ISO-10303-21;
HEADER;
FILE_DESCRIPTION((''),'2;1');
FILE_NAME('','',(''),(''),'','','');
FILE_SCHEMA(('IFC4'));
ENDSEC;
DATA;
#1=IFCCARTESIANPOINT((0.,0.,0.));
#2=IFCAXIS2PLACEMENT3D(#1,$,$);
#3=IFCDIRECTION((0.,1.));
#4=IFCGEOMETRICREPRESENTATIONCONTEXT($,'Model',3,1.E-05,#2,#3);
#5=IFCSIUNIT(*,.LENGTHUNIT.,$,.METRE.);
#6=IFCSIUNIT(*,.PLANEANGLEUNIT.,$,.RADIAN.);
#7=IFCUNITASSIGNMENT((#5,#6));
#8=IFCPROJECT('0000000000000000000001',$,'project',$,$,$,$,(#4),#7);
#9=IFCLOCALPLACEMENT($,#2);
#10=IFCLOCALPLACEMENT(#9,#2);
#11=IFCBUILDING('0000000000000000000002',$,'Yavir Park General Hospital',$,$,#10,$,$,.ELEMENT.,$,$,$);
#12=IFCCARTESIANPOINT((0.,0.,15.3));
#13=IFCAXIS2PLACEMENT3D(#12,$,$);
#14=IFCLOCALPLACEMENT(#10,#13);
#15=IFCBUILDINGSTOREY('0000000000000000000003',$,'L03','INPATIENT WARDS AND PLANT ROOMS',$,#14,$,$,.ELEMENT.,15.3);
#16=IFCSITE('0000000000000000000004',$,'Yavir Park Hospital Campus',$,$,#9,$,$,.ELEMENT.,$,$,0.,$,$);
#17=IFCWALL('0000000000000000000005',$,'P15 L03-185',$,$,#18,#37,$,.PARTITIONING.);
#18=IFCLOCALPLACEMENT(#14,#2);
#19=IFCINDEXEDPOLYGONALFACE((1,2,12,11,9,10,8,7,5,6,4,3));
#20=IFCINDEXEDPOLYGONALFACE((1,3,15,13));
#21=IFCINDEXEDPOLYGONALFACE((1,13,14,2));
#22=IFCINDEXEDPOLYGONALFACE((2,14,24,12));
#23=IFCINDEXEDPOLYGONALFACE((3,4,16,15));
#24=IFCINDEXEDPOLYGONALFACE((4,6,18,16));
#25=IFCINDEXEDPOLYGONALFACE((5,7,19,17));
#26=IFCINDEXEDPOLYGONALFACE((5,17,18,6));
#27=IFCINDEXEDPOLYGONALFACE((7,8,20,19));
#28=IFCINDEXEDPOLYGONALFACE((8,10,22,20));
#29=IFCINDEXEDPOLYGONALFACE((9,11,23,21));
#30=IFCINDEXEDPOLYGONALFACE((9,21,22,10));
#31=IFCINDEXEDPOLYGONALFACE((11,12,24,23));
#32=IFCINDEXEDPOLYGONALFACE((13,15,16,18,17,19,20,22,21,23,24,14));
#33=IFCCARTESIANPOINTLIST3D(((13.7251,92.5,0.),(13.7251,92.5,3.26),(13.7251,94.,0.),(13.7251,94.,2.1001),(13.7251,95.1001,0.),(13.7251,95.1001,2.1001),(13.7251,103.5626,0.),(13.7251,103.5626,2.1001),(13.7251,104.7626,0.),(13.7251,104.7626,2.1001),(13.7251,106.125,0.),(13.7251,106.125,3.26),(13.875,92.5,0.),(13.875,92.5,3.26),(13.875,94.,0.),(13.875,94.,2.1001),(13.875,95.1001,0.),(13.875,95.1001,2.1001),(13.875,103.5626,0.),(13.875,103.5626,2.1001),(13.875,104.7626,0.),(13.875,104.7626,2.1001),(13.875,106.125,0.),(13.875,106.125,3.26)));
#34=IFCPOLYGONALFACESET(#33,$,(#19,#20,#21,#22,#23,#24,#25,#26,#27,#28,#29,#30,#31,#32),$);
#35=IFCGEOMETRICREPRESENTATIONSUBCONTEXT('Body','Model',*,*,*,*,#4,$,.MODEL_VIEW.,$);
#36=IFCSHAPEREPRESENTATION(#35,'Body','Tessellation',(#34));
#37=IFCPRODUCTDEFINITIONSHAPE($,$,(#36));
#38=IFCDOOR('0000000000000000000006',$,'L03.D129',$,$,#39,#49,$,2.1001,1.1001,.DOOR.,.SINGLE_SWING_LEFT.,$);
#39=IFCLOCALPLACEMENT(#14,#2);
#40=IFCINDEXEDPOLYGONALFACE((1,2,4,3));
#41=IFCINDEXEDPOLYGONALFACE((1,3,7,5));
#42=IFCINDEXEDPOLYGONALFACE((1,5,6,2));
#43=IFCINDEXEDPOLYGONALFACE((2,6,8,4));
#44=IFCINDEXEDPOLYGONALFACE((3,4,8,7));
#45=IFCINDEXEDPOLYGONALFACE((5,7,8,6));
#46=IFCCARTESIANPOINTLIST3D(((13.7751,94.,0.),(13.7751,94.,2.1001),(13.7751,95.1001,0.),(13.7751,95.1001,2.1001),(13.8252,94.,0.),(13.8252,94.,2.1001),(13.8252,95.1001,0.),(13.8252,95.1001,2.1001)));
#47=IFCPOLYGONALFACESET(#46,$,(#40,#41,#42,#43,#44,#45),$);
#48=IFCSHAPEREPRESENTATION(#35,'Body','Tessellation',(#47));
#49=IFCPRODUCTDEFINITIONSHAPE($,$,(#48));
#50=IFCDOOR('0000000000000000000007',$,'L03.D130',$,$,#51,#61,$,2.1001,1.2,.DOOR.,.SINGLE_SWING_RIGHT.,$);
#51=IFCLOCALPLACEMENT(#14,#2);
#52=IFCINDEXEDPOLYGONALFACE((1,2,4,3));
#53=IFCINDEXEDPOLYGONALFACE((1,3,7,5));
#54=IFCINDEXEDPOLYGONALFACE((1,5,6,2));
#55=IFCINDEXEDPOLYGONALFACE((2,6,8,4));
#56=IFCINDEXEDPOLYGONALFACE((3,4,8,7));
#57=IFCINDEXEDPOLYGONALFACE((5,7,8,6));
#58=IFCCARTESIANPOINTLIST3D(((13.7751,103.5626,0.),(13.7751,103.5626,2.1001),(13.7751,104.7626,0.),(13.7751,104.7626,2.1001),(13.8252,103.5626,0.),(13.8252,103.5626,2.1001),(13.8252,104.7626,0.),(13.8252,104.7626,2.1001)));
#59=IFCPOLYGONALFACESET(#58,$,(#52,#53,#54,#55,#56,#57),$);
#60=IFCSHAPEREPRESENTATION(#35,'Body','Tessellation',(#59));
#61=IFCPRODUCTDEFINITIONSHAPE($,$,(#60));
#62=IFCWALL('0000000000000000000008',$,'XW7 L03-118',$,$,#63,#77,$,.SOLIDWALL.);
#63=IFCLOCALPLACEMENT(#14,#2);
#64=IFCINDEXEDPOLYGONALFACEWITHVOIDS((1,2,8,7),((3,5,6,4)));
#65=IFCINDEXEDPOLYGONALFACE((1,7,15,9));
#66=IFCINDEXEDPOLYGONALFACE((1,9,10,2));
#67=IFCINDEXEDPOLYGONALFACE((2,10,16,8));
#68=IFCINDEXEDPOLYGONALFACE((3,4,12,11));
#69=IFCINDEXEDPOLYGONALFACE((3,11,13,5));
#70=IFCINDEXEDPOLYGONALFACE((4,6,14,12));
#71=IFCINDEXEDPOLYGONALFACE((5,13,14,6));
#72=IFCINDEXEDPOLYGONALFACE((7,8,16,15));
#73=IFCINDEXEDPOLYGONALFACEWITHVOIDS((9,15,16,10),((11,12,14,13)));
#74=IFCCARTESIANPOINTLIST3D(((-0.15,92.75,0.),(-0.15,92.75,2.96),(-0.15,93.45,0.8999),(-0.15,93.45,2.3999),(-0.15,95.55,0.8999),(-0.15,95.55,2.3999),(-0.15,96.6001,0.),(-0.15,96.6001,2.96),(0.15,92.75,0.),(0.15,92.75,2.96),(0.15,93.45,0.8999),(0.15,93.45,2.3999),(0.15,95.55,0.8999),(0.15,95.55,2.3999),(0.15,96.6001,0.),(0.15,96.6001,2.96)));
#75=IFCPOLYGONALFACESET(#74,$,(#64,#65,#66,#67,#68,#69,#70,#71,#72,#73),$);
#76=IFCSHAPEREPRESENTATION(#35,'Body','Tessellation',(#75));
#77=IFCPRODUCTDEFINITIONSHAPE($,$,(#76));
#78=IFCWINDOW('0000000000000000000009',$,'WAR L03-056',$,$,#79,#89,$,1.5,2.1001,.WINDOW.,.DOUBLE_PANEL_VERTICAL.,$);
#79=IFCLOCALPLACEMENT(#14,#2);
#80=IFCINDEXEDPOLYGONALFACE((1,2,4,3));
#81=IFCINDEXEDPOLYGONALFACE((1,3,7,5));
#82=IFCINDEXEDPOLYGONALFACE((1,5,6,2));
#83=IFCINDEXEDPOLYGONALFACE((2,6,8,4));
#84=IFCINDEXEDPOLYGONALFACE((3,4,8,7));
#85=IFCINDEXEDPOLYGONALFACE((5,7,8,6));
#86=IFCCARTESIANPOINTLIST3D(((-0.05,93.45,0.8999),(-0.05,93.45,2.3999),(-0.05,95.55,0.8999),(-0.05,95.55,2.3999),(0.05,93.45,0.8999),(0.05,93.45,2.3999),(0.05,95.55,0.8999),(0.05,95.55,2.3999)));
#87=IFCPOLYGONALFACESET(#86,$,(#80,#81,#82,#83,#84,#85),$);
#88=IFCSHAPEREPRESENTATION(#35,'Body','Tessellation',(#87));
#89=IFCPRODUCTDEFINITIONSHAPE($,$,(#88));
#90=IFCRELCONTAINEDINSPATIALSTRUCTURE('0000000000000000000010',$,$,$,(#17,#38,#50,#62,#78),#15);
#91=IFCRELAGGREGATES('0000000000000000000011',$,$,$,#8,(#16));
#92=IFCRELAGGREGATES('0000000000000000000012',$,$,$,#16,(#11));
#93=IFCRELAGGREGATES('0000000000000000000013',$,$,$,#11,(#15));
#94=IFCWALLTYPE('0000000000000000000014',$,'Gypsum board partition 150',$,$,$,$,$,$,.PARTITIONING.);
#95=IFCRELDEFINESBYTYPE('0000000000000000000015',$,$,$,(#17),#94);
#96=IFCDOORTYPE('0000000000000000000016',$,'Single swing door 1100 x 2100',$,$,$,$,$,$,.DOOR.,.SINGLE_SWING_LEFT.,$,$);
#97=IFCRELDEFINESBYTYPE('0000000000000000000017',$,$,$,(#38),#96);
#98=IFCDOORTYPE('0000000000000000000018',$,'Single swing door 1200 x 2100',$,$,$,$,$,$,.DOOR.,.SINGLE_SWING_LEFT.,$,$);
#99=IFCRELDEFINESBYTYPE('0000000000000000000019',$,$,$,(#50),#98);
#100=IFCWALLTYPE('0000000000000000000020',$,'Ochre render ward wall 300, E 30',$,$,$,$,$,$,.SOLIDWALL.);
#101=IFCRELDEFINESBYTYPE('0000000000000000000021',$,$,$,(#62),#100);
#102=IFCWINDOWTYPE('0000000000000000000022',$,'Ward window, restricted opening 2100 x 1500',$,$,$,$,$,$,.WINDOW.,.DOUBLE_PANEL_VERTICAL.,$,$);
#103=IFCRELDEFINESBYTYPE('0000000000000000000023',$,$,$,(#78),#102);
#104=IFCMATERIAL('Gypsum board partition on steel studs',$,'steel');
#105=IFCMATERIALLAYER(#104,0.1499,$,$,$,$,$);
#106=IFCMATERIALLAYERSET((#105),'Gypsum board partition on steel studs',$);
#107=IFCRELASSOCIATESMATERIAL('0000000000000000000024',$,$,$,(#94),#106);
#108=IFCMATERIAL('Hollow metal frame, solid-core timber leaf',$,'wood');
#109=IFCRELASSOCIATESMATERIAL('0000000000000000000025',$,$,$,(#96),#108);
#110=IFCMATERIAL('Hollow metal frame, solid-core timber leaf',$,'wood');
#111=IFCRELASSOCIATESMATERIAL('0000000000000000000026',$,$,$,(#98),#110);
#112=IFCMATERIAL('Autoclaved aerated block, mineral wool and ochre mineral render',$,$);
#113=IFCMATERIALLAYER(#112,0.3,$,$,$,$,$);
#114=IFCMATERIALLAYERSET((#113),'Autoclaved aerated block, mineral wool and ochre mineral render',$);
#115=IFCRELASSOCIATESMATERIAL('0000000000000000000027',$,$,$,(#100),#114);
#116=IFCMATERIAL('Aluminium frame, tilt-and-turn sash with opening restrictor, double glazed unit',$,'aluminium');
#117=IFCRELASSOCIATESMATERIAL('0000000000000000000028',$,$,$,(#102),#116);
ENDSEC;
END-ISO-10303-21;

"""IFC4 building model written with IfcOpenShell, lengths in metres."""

from ifc_helpers import new_model, si_unit, direction, frame, frame_2d, origin, place, context, subcontext, project, spatial, rectangle, extrude, material, layer, layer_set, type_object, element, fill, save


model = new_model("IFC4")

# Units and contexts
model_context = context("Model", 3, precision=1e-05, world=origin(), true_north=direction((0.0, 1.0)))
body_context = subcontext(model_context, "Body", "Model", "MODEL_VIEW")
ifc_project = project(units=[si_unit("LENGTHUNIT", "METRE"), si_unit("PLANEANGLEUNIT", "RADIAN")], contexts=[model_context])

# Site, building, storey
site_placement = place(None, origin())
site = spatial("IfcSite", under=ifc_project, at=site_placement, Name="Yavir Park Hospital Campus", CompositionType="ELEMENT", RefElevation=0.0)
building_placement = place(site_placement, origin())
building = spatial("IfcBuilding", under=site, at=building_placement, Name="Yavir Park General Hospital", CompositionType="ELEMENT")
storey_placement = place(building_placement, frame((0.0, 0.0, 15.3)))
storey = spatial("IfcBuildingStorey", under=building, at=storey_placement, Name="L03", Description="INPATIENT WARDS AND PLANT ROOMS", CompositionType="ELEMENT", Elevation=15.3)

# Shared definitions
ifc_material_1 = material(Name="Gypsum board partition on steel studs", Category="steel")
ifc_layer_1 = layer(ifc_material_1, 0.1499)
ifc_layer_set_1 = layer_set([ifc_layer_1], Name="Gypsum board partition on steel studs")
wall_type_1 = type_object("IfcWallType", Name="Gypsum board partition 150", PredefinedType="PARTITIONING", material=ifc_layer_set_1)

# Shared definitions
ifc_material_2 = material(Name="Hollow metal frame, solid-core timber leaf", Category="wood")
door_type_1 = type_object("IfcDoorType", Name="Single swing door 1100 x 2100", OperationType="SINGLE_SWING_LEFT", PredefinedType="DOOR", material=ifc_material_2)

# Wall, openings, doors
wall_1_placement = place(storey_placement, frame((13.8, 92.5, 0.0), z_axis=(0.0, 0.0, 1.0), x_axis=(0.0, 1.0, 0.0)))
wall_1 = element("IfcWall", 1, at=wall_1_placement, inside=storey, type_object=wall_type_1, Name="P15 L03-185", PredefinedType="PARTITIONING", context=body_context, shape_type="SweptSolid", body=[
    extrude(rectangle(XDim=13.625, YDim=0.1499, at=frame_2d((6.8125, 0.0))), origin(), (0.0, 0.0, 1.0), 3.26),
])
opening_1_placement = place(wall_1_placement, frame((1.5, 0.0, 0.0)))
opening_1 = element("IfcOpeningElement", 2, at=opening_1_placement, cuts=wall_1, PredefinedType="OPENING", context=body_context, shape_type="SweptSolid", body=[
    extrude(rectangle(XDim=1.1001, YDim=2.1001, at=frame_2d((0.55, 1.05))), frame((0.0, 0.085, 0.0), z_axis=(0.0, -1.0, 0.0), x_axis=(1.0, 0.0, 0.0)), (0.0, 0.0, 1.0), 0.1699),
])
opening_2_placement = place(wall_1_placement, frame((11.0625, 0.0, 0.0)))
opening_2 = element("IfcOpeningElement", 3, at=opening_2_placement, cuts=wall_1, PredefinedType="OPENING", context=body_context, shape_type="SweptSolid", body=[
    extrude(rectangle(XDim=1.2, YDim=2.1001, at=frame_2d((0.6001, 1.05))), frame((0.0, 0.085, 0.0), z_axis=(0.0, -1.0, 0.0), x_axis=(1.0, 0.0, 0.0)), (0.0, 0.0, 1.0), 0.1699),
])
door_1_placement = place(opening_1_placement, origin())
door_1 = element("IfcDoor", 4, at=door_1_placement, inside=storey, type_object=door_type_1, Name="L03.D129", OperationType="SINGLE_SWING_LEFT", OverallHeight=2.1001, OverallWidth=1.1001, PredefinedType="DOOR", context=body_context, shape_type="SweptSolid", body=[
    extrude(rectangle(XDim=1.1001, YDim=2.1001, at=frame_2d((0.55, 1.05))), frame((0.0, 0.0249, 0.0), z_axis=(0.0, -1.0, 0.0), x_axis=(1.0, 0.0, 0.0)), (0.0, 0.0, 1.0), 0.05),
])
fill(opening_1, door_1)
ifc_material_3 = material(Name="Hollow metal frame, solid-core timber leaf", Category="wood")
door_type_2 = type_object("IfcDoorType", Name="Single swing door 1200 x 2100", OperationType="SINGLE_SWING_LEFT", PredefinedType="DOOR", material=ifc_material_3)
door_2_placement = place(opening_2_placement, origin())
door_2 = element("IfcDoor", 5, at=door_2_placement, inside=storey, type_object=door_type_2, Name="L03.D130", OperationType="SINGLE_SWING_RIGHT", OverallHeight=2.1001, OverallWidth=1.2, PredefinedType="DOOR", context=body_context, shape_type="SweptSolid", body=[
    extrude(rectangle(XDim=1.2, YDim=2.1001, at=frame_2d((0.6001, 1.05))), frame((0.0, 0.0249, 0.0), z_axis=(0.0, -1.0, 0.0), x_axis=(1.0, 0.0, 0.0)), (0.0, 0.0, 1.0), 0.05),
])
fill(opening_2, door_2)

# Wall, opening, window
ifc_material_4 = material(Name="Autoclaved aerated block, mineral wool and ochre mineral render")
ifc_layer_2 = layer(ifc_material_4, 0.3)
ifc_layer_set_2 = layer_set([ifc_layer_2], Name="Autoclaved aerated block, mineral wool and ochre mineral render")
wall_type_2 = type_object("IfcWallType", Name="Ochre render ward wall 300, E 30", PredefinedType="SOLIDWALL", material=ifc_layer_set_2)
wall_2_placement = place(storey_placement, frame((0.0, 92.75, 0.0), z_axis=(0.0, 0.0, 1.0), x_axis=(0.0, 1.0, 0.0)))
wall_2 = element("IfcWall", 6, at=wall_2_placement, inside=storey, type_object=wall_type_2, Name="XW7 L03-118", PredefinedType="SOLIDWALL", context=body_context, shape_type="SweptSolid", body=[
    extrude(rectangle(XDim=3.8501, YDim=0.3, at=frame_2d((1.925, 0.0))), origin(), (0.0, 0.0, 1.0), 2.96),
])
opening_3_placement = place(wall_2_placement, frame((0.7, 0.0, 0.8999)))
opening_3 = element("IfcOpeningElement", 7, at=opening_3_placement, cuts=wall_2, PredefinedType="OPENING", context=body_context, shape_type="SweptSolid", body=[
    extrude(rectangle(XDim=2.1001, YDim=1.5, at=frame_2d((1.05, 0.75))), frame((0.0, 0.1599, 0.0), z_axis=(0.0, -1.0, 0.0), x_axis=(1.0, 0.0, 0.0)), (0.0, 0.0, 1.0), 0.3201),
])
ifc_material_5 = material(Name="Aluminium frame, tilt-and-turn sash with opening restrictor, double glazed unit", Category="aluminium")
window_type = type_object("IfcWindowType", Name="Ward window, restricted opening 2100 x 1500", PartitioningType="DOUBLE_PANEL_VERTICAL", PredefinedType="WINDOW", material=ifc_material_5)
window_placement = place(opening_3_placement, origin())
window = element("IfcWindow", 8, at=window_placement, inside=storey, type_object=window_type, Name="WAR L03-056", OverallHeight=1.5, OverallWidth=2.1001, PartitioningType="DOUBLE_PANEL_VERTICAL", PredefinedType="WINDOW", context=body_context, shape_type="SweptSolid", body=[
    extrude(rectangle(XDim=2.1001, YDim=1.5, at=frame_2d((1.05, 0.75))), frame((0.0, 0.05, 0.0), z_axis=(0.0, -1.0, 0.0), x_axis=(1.0, 0.0, 0.0)), (0.0, 0.0, 1.0), 0.1001),
])
fill(opening_3, window)

save(model, "model.ifc")
